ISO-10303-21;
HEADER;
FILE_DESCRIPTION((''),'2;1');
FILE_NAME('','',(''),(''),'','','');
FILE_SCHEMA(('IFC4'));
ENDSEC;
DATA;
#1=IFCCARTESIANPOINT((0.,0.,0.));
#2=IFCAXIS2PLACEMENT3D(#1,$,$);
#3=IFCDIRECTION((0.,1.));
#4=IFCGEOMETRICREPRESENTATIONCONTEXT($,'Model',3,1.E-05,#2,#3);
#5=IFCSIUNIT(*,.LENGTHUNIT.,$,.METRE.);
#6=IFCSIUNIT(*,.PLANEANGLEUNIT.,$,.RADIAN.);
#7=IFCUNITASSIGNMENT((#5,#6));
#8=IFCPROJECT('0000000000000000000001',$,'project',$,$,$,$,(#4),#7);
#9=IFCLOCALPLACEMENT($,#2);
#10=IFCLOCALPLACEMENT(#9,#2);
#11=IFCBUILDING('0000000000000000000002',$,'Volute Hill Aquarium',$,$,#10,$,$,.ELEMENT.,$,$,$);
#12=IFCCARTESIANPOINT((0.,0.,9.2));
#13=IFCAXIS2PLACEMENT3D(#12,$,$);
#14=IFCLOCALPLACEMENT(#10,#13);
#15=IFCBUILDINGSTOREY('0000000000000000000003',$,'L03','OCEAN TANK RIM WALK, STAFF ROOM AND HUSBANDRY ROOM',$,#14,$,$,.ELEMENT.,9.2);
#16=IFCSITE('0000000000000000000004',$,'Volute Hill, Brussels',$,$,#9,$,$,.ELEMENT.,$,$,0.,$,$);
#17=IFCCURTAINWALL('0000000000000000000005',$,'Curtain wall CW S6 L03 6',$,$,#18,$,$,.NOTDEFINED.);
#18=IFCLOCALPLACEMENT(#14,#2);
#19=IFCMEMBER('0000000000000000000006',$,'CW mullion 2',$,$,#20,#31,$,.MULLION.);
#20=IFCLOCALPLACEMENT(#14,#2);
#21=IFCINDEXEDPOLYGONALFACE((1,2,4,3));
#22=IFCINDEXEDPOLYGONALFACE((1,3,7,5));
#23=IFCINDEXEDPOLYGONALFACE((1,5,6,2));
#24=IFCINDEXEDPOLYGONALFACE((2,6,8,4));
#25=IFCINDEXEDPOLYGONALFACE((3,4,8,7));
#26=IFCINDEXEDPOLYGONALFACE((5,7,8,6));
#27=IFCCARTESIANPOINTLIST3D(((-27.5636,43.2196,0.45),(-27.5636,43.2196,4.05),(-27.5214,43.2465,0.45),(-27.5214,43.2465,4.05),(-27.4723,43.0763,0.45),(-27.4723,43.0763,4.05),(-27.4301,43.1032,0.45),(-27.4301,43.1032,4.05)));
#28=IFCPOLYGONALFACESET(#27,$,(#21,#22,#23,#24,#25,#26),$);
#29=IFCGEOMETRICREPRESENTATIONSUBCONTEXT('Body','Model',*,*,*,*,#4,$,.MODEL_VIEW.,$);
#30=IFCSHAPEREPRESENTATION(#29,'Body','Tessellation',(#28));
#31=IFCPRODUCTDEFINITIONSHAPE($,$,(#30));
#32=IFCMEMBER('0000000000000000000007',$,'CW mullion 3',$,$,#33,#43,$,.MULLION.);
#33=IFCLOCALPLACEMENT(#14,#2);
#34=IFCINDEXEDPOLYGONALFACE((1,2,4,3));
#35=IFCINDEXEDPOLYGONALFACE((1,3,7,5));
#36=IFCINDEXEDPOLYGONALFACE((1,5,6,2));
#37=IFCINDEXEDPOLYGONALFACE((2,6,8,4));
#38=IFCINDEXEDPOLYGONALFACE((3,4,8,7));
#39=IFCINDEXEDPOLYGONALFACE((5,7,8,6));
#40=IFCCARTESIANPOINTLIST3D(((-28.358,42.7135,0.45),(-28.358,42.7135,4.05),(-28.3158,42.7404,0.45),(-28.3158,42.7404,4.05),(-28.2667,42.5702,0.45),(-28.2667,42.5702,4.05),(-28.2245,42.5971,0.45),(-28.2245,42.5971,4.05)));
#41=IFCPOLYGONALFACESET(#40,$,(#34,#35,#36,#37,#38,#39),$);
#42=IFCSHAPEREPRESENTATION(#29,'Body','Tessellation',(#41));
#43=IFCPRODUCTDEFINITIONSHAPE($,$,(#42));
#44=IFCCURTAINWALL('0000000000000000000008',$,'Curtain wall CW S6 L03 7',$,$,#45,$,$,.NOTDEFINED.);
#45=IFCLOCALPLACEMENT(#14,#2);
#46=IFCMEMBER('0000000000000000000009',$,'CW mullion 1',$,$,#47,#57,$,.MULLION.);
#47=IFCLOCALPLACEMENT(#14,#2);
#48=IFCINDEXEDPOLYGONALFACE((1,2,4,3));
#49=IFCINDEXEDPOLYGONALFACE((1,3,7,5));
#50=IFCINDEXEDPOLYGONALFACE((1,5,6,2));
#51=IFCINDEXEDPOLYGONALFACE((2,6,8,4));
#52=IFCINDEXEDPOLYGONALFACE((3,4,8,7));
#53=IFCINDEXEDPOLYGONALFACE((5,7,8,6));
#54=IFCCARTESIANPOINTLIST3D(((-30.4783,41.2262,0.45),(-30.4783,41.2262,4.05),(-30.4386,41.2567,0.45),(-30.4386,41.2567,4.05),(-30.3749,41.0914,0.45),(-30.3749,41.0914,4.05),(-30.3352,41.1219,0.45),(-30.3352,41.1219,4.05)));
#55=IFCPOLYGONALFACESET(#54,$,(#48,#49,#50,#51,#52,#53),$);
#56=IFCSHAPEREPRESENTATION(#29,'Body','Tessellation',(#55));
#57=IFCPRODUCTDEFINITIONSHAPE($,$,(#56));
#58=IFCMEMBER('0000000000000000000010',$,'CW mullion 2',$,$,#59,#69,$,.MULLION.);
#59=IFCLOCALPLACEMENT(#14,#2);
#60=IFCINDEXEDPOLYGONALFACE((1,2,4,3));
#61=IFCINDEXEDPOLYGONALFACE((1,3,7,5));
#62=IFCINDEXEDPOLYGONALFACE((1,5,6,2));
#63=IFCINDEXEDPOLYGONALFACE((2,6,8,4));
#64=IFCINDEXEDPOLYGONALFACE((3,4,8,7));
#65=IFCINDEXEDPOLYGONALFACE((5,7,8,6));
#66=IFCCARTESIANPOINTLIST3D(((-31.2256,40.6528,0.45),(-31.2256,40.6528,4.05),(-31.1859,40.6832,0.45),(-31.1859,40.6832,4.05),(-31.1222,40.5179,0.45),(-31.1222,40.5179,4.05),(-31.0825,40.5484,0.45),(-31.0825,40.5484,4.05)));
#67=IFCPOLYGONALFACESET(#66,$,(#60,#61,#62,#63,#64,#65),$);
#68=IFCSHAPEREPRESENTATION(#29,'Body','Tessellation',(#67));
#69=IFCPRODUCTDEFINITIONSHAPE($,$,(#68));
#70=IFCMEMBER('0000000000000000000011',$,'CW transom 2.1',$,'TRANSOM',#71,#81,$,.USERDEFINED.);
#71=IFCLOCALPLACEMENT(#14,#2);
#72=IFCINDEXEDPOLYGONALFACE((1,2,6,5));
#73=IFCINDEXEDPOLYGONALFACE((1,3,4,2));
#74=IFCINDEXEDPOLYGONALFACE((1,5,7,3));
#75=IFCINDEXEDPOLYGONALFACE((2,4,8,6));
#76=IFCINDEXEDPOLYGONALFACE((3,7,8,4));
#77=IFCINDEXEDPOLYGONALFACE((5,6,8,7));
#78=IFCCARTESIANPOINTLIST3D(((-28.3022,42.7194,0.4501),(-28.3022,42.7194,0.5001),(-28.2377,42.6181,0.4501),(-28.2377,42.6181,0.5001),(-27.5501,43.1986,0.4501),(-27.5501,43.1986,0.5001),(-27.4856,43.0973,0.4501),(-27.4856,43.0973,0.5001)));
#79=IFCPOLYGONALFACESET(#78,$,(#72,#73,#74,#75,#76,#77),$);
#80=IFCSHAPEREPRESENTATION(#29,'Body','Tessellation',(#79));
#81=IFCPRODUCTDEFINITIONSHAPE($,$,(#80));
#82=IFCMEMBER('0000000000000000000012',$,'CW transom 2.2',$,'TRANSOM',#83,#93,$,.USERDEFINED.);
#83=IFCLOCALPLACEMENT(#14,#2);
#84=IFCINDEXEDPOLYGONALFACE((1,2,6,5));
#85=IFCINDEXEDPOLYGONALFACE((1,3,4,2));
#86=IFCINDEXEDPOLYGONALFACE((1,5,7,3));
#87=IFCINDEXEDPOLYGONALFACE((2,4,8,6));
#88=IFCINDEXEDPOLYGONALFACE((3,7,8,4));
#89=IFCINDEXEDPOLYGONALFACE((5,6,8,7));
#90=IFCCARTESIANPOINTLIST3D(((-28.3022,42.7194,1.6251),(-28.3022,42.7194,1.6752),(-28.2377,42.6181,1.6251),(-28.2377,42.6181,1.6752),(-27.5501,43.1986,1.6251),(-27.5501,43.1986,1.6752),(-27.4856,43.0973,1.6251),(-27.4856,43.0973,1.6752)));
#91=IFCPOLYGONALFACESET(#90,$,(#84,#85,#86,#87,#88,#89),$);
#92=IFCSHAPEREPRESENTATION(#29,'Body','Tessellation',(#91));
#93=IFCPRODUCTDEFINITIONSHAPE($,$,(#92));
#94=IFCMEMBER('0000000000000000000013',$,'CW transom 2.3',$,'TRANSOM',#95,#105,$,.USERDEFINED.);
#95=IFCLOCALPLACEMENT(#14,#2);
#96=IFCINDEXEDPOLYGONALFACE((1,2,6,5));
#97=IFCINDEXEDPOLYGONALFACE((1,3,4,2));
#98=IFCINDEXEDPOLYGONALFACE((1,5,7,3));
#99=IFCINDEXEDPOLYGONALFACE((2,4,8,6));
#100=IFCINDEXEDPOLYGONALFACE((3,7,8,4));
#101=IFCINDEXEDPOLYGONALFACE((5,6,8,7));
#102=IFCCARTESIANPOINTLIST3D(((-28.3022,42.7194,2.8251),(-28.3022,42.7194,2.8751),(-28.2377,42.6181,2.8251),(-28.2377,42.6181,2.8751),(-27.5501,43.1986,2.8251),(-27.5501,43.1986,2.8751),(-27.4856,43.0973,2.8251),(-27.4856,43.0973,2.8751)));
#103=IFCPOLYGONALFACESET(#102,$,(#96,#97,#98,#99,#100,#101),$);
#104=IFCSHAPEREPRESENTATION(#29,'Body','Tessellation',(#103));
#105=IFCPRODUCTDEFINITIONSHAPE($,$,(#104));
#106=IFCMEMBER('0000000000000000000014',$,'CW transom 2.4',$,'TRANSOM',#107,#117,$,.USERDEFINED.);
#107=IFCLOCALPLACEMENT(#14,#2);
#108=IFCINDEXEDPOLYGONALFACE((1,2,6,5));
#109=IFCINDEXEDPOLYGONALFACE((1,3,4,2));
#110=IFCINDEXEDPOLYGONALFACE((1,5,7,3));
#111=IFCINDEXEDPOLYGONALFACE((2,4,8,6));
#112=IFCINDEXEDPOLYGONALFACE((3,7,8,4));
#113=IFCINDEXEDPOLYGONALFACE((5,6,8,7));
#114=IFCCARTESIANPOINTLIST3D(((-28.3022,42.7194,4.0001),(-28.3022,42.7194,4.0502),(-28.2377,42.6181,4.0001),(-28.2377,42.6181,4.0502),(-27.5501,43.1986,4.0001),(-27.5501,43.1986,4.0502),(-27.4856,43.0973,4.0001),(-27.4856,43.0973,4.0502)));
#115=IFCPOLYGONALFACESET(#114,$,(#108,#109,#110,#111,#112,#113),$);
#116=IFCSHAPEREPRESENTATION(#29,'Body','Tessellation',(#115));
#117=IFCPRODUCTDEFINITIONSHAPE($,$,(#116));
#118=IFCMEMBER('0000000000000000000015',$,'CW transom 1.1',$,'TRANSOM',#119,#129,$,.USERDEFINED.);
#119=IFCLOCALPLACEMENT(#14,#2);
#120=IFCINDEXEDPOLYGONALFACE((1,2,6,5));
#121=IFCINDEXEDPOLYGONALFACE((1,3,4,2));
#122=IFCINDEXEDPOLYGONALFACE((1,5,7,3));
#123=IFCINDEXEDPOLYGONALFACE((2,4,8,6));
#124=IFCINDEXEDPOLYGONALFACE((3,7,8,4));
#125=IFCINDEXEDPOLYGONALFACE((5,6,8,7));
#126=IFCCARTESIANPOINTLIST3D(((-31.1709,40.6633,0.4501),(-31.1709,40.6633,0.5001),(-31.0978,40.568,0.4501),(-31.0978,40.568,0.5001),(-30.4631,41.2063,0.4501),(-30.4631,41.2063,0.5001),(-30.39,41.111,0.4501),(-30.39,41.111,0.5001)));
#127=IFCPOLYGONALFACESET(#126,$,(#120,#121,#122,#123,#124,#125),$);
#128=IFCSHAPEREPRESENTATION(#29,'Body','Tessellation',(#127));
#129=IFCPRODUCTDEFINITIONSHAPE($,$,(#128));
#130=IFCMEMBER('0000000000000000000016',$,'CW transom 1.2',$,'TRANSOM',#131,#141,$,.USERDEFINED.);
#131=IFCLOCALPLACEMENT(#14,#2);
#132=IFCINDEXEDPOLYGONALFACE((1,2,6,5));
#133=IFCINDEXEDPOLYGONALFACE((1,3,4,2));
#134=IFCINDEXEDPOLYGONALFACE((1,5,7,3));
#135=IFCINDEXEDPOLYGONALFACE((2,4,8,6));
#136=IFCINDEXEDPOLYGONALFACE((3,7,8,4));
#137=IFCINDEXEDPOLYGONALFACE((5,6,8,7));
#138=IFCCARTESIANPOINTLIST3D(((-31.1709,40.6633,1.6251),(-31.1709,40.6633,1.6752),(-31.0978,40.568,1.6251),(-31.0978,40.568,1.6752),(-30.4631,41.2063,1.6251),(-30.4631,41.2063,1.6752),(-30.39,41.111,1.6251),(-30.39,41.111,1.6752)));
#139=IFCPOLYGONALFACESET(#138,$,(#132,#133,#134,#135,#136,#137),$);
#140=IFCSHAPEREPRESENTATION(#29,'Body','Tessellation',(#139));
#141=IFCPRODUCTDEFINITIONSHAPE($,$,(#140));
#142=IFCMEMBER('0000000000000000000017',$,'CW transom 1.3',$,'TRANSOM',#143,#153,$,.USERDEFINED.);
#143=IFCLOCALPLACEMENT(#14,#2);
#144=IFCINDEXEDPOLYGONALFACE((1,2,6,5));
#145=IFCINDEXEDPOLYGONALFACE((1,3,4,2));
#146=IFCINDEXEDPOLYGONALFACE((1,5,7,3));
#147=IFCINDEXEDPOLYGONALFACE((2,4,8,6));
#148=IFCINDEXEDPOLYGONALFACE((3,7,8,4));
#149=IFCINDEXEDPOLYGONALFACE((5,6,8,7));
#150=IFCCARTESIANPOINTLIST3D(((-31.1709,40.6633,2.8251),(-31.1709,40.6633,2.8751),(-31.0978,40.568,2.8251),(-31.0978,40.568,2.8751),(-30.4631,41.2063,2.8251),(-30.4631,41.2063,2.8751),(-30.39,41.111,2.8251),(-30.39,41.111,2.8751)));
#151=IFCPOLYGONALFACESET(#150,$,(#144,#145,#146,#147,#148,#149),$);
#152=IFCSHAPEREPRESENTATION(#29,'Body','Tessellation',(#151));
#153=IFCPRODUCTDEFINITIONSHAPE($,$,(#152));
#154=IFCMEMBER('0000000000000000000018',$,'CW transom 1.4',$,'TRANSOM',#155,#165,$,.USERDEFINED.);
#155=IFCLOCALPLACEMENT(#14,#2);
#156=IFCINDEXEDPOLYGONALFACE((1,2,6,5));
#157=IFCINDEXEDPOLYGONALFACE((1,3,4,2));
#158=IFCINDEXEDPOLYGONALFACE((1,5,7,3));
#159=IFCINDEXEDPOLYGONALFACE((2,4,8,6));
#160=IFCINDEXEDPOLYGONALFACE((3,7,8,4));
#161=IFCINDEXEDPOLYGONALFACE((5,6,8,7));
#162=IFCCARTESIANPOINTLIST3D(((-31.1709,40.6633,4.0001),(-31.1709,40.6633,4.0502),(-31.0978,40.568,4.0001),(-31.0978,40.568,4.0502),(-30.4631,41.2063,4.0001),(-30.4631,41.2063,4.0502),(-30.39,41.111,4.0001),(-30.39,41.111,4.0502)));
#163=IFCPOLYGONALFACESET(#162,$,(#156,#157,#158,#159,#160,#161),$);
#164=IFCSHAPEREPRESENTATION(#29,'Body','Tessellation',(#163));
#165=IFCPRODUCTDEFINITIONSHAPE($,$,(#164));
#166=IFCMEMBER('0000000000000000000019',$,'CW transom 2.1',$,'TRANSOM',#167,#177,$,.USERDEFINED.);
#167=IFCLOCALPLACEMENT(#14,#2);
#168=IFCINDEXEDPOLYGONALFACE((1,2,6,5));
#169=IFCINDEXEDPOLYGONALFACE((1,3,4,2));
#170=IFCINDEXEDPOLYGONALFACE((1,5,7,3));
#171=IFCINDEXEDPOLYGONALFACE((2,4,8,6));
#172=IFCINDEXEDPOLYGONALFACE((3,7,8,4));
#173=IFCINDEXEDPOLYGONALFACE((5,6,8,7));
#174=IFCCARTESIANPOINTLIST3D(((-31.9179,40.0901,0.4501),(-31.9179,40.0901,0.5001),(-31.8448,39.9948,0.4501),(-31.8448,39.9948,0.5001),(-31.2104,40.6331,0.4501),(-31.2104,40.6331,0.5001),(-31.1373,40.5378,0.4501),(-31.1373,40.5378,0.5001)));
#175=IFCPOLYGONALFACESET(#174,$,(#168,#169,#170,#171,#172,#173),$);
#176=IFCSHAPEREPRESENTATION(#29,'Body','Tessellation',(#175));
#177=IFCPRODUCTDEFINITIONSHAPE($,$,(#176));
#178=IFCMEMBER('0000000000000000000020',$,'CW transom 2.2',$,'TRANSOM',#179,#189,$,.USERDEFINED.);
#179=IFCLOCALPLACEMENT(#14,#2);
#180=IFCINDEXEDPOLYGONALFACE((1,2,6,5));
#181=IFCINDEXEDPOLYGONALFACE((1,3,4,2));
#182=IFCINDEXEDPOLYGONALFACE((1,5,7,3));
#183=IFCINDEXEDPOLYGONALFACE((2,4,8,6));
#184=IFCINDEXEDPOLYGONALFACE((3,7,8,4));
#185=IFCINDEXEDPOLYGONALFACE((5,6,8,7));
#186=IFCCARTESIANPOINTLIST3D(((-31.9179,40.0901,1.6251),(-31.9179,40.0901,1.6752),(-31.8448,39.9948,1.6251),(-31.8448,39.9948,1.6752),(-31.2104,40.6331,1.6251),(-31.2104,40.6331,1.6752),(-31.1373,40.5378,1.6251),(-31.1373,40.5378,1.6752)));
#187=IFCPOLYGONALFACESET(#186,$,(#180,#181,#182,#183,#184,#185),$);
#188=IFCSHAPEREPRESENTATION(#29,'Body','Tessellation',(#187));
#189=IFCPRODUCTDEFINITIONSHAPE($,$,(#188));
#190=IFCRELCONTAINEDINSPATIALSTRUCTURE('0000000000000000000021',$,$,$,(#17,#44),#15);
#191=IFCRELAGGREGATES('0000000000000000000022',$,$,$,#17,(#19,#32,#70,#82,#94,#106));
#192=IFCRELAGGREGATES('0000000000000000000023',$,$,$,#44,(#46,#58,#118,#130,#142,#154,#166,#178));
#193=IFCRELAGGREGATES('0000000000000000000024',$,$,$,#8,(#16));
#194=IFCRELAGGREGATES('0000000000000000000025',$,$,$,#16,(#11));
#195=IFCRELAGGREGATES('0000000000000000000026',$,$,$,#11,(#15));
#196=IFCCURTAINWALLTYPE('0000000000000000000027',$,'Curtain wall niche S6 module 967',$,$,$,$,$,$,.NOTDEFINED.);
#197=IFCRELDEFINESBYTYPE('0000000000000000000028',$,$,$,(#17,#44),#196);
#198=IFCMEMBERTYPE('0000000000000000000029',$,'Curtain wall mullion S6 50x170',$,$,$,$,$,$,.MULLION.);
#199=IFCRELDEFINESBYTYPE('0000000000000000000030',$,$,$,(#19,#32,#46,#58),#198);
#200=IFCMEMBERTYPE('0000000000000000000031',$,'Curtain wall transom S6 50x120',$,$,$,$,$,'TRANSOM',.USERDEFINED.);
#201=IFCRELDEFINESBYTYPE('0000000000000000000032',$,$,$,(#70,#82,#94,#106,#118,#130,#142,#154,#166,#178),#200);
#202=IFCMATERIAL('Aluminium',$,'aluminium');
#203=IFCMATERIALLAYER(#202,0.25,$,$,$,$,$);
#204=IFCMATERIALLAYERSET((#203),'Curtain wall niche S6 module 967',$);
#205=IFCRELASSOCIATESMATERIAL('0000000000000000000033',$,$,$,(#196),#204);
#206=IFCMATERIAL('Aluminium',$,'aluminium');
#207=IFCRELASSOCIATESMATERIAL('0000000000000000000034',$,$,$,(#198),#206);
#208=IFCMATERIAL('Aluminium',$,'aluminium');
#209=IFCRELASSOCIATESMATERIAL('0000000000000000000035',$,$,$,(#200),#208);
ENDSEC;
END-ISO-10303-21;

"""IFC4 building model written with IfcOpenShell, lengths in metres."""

from ifc_helpers import new_model, si_unit, direction, frame, origin, origin_2d, place, context, subcontext, project, spatial, rectangle, extrude, material, layer, layer_set, material_profile, profile_set, type_object, element, aggregate, save


model = new_model("IFC4")

# Units and contexts
model_context = context("Model", 3, precision=1e-05, world=origin(), true_north=direction((0.0, 1.0)))
body_context = subcontext(model_context, "Body", "Model", "MODEL_VIEW")
ifc_project = project(units=[si_unit("LENGTHUNIT", "METRE"), si_unit("PLANEANGLEUNIT", "RADIAN")], contexts=[model_context])

# Site, building, storey
site_placement = place(None, origin())
site = spatial("IfcSite", under=ifc_project, at=site_placement, Name="Volute Hill, Brussels", CompositionType="ELEMENT", RefElevation=0.0)
building_placement = place(site_placement, origin())
building = spatial("IfcBuilding", under=site, at=building_placement, Name="Volute Hill Aquarium", CompositionType="ELEMENT")
storey_placement = place(building_placement, frame((0.0, 0.0, 9.2)))
storey = spatial("IfcBuildingStorey", under=building, at=storey_placement, Name="L03", Description="OCEAN TANK RIM WALK, STAFF ROOM AND HUSBANDRY ROOM", CompositionType="ELEMENT", Elevation=9.2)

# Curtain walls, members
ifc_material_1 = material(Name="Aluminium", Category="aluminium")
ifc_layer_1 = layer(ifc_material_1, 0.25)
ifc_layer_set_1 = layer_set([ifc_layer_1], Name="Curtain wall niche S6 module 967")
curtain_wall_type = type_object("IfcCurtainWallType", Name="Curtain wall niche S6 module 967", PredefinedType="NOTDEFINED", material=ifc_layer_set_1)
curtain_wall_1_placement = place(storey_placement, origin())
curtain_wall_1 = element("IfcCurtainWall", 1, at=curtain_wall_1_placement, inside=storey, type_object=curtain_wall_type, Name="Curtain wall CW S6 L03 6", PredefinedType="NOTDEFINED")
ifc_material_2 = material(Name="Aluminium", Category="aluminium")
ifc_material_profile_1 = material_profile(ifc_material_2, rectangle(XDim=0.1699, YDim=0.05, at=origin_2d()), Name="Curtain wall mullion S6 50x170")
ifc_profile_set_1 = profile_set([ifc_material_profile_1], Name="Aluminium")
member_type_1 = type_object("IfcMemberType", Name="Curtain wall mullion S6 50x170", PredefinedType="MULLION", material=ifc_profile_set_1)
member_1_placement = place(storey_placement, frame((-27.4968, 43.1614, 0.45), z_axis=(0.0, 0.0, 1.0), x_axis=(0.537295, -0.843395, 0.0)))
member_1 = element("IfcMember", 2, at=member_1_placement, type_object=member_type_1, Name="CW mullion 2", PredefinedType="MULLION", context=body_context, shape_type="SweptSolid", body=[
    extrude(rectangle(XDim=0.1699, YDim=0.05, at=origin_2d()), origin(), (0.0, 0.0, 1.0), 3.6001),
])
member_2_placement = place(storey_placement, frame((-28.2913, 42.6553, 0.45), z_axis=(0.0, 0.0, 1.0), x_axis=(0.537295, -0.843395, 0.0)))
member_2 = element("IfcMember", 3, at=member_2_placement, type_object=member_type_1, Name="CW mullion 3", PredefinedType="MULLION", context=body_context, shape_type="SweptSolid", body=[
    extrude(rectangle(XDim=0.1699, YDim=0.05, at=origin_2d()), origin(), (0.0, 0.0, 1.0), 3.6001),
])
curtain_wall_2_placement = place(storey_placement, origin())
curtain_wall_2 = element("IfcCurtainWall", 4, at=curtain_wall_2_placement, inside=storey, type_object=curtain_wall_type, Name="Curtain wall CW S6 L03 7", PredefinedType="NOTDEFINED")
member_3_placement = place(storey_placement, frame((-30.4067, 41.1741, 0.45), z_axis=(0.0, 0.0, 1.0), x_axis=(0.608769, -0.793348, 0.0)))
member_3 = element("IfcMember", 5, at=member_3_placement, type_object=member_type_1, Name="CW mullion 1", PredefinedType="MULLION", context=body_context, shape_type="SweptSolid", body=[
    extrude(rectangle(XDim=0.1699, YDim=0.05, at=origin_2d()), origin(), (0.0, 0.0, 1.0), 3.6001),
])
member_4_placement = place(storey_placement, frame((-31.1541, 40.6006, 0.45), z_axis=(0.0, 0.0, 1.0), x_axis=(0.608769, -0.793348, 0.0)))
member_4 = element("IfcMember", 6, at=member_4_placement, type_object=member_type_1, Name="CW mullion 2", PredefinedType="MULLION", context=body_context, shape_type="SweptSolid", body=[
    extrude(rectangle(XDim=0.1699, YDim=0.05, at=origin_2d()), origin(), (0.0, 0.0, 1.0), 3.6001),
])

# Members
ifc_material_3 = material(Name="Aluminium", Category="aluminium")
ifc_material_profile_2 = material_profile(ifc_material_3, rectangle(XDim=0.1201, YDim=0.05, at=origin_2d()), Name="Curtain wall transom S6 50x120")
ifc_profile_set_2 = profile_set([ifc_material_profile_2], Name="Aluminium")
member_type_2 = type_object("IfcMemberType", Name="Curtain wall transom S6 50x120", ElementType="TRANSOM", PredefinedType="USERDEFINED", material=ifc_profile_set_2)
member_5_placement = place(storey_placement, frame((-27.5178, 43.1479, 0.4751), z_axis=(-0.843368, -0.537336, 0.0), x_axis=(0.537336, -0.843368, 0.0)))
member_5 = element("IfcMember", 7, at=member_5_placement, type_object=member_type_2, Name="CW transom 2.1", ObjectType="TRANSOM", PredefinedType="USERDEFINED", context=body_context, shape_type="SweptSolid", body=[
    extrude(rectangle(XDim=0.1201, YDim=0.05, at=origin_2d()), origin(), (0.0, 0.0, 1.0), 0.8918),
])
member_6_placement = place(storey_placement, frame((-27.5178, 43.1479, 1.6501), z_axis=(-0.843368, -0.537336, 0.0), x_axis=(0.537336, -0.843368, 0.0)))
member_6 = element("IfcMember", 8, at=member_6_placement, type_object=member_type_2, Name="CW transom 2.2", ObjectType="TRANSOM", PredefinedType="USERDEFINED", context=body_context, shape_type="SweptSolid", body=[
    extrude(rectangle(XDim=0.1201, YDim=0.05, at=origin_2d()), origin(), (0.0, 0.0, 1.0), 0.8918),
])
member_7_placement = place(storey_placement, frame((-27.5178, 43.1479, 2.8501), z_axis=(-0.843368, -0.537336, 0.0), x_axis=(0.537336, -0.843368, 0.0)))
member_7 = element("IfcMember", 9, at=member_7_placement, type_object=member_type_2, Name="CW transom 2.3", ObjectType="TRANSOM", PredefinedType="USERDEFINED", context=body_context, shape_type="SweptSolid", body=[
    extrude(rectangle(XDim=0.1201, YDim=0.05, at=origin_2d()), origin(), (0.0, 0.0, 1.0), 0.8918),
])
member_8_placement = place(storey_placement, frame((-27.5178, 43.1479, 4.0251), z_axis=(-0.843368, -0.537336, 0.0), x_axis=(0.537336, -0.843368, 0.0)))
member_8 = element("IfcMember", 10, at=member_8_placement, type_object=member_type_2, Name="CW transom 2.4", ObjectType="TRANSOM", PredefinedType="USERDEFINED", context=body_context, shape_type="SweptSolid", body=[
    extrude(rectangle(XDim=0.1201, YDim=0.05, at=origin_2d()), origin(), (0.0, 0.0, 1.0), 0.8918),
])
member_9_placement = place(storey_placement, frame((-30.4265, 41.1587, 0.4751), z_axis=(-0.793417, -0.608679, 0.0), x_axis=(0.608679, -0.793417, 0.0)))
member_9 = element("IfcMember", 11, at=member_9_placement, type_object=member_type_2, Name="CW transom 1.1", ObjectType="TRANSOM", PredefinedType="USERDEFINED", context=body_context, shape_type="SweptSolid", body=[
    extrude(rectangle(XDim=0.1201, YDim=0.05, at=origin_2d()), origin(), (0.0, 0.0, 1.0), 0.8921),
])
member_10_placement = place(storey_placement, frame((-30.4265, 41.1587, 1.6501), z_axis=(-0.793417, -0.608679, 0.0), x_axis=(0.608679, -0.793417, 0.0)))
member_10 = element("IfcMember", 12, at=member_10_placement, type_object=member_type_2, Name="CW transom 1.2", ObjectType="TRANSOM", PredefinedType="USERDEFINED", context=body_context, shape_type="SweptSolid", body=[
    extrude(rectangle(XDim=0.1201, YDim=0.05, at=origin_2d()), origin(), (0.0, 0.0, 1.0), 0.8921),
])
member_11_placement = place(storey_placement, frame((-30.4265, 41.1587, 2.8501), z_axis=(-0.793417, -0.608679, 0.0), x_axis=(0.608679, -0.793417, 0.0)))
member_11 = element("IfcMember", 13, at=member_11_placement, type_object=member_type_2, Name="CW transom 1.3", ObjectType="TRANSOM", PredefinedType="USERDEFINED", context=body_context, shape_type="SweptSolid", body=[
    extrude(rectangle(XDim=0.1201, YDim=0.05, at=origin_2d()), origin(), (0.0, 0.0, 1.0), 0.8921),
])
member_12_placement = place(storey_placement, frame((-30.4265, 41.1587, 4.0251), z_axis=(-0.793417, -0.608679, 0.0), x_axis=(0.608679, -0.793417, 0.0)))
member_12 = element("IfcMember", 14, at=member_12_placement, type_object=member_type_2, Name="CW transom 1.4", ObjectType="TRANSOM", PredefinedType="USERDEFINED", context=body_context, shape_type="SweptSolid", body=[
    extrude(rectangle(XDim=0.1201, YDim=0.05, at=origin_2d()), origin(), (0.0, 0.0, 1.0), 0.8921),
])
member_13_placement = place(storey_placement, frame((-31.1738, 40.5854, 0.4751), z_axis=(-0.793315, -0.608811, 0.0), x_axis=(0.608811, -0.793315, 0.0)))
member_13 = element("IfcMember", 15, at=member_13_placement, type_object=member_type_2, Name="CW transom 2.1", ObjectType="TRANSOM", PredefinedType="USERDEFINED", context=body_context, shape_type="SweptSolid", body=[
    extrude(rectangle(XDim=0.1201, YDim=0.05, at=origin_2d()), origin(), (0.0, 0.0, 1.0), 0.8918),
])
member_14_placement = place(storey_placement, frame((-31.1738, 40.5854, 1.6501), z_axis=(-0.793315, -0.608811, 0.0), x_axis=(0.608811, -0.793315, 0.0)))
member_14 = element("IfcMember", 16, at=member_14_placement, type_object=member_type_2, Name="CW transom 2.2", ObjectType="TRANSOM", PredefinedType="USERDEFINED", context=body_context, shape_type="SweptSolid", body=[
    extrude(rectangle(XDim=0.1201, YDim=0.05, at=origin_2d()), origin(), (0.0, 0.0, 1.0), 0.8918),
])

aggregate(curtain_wall_1, [member_1, member_2, member_5, member_6, member_7, member_8])
aggregate(curtain_wall_2, [member_3, member_4, member_9, member_10, member_11, member_12, member_13, member_14])

save(model, "model.ifc")
